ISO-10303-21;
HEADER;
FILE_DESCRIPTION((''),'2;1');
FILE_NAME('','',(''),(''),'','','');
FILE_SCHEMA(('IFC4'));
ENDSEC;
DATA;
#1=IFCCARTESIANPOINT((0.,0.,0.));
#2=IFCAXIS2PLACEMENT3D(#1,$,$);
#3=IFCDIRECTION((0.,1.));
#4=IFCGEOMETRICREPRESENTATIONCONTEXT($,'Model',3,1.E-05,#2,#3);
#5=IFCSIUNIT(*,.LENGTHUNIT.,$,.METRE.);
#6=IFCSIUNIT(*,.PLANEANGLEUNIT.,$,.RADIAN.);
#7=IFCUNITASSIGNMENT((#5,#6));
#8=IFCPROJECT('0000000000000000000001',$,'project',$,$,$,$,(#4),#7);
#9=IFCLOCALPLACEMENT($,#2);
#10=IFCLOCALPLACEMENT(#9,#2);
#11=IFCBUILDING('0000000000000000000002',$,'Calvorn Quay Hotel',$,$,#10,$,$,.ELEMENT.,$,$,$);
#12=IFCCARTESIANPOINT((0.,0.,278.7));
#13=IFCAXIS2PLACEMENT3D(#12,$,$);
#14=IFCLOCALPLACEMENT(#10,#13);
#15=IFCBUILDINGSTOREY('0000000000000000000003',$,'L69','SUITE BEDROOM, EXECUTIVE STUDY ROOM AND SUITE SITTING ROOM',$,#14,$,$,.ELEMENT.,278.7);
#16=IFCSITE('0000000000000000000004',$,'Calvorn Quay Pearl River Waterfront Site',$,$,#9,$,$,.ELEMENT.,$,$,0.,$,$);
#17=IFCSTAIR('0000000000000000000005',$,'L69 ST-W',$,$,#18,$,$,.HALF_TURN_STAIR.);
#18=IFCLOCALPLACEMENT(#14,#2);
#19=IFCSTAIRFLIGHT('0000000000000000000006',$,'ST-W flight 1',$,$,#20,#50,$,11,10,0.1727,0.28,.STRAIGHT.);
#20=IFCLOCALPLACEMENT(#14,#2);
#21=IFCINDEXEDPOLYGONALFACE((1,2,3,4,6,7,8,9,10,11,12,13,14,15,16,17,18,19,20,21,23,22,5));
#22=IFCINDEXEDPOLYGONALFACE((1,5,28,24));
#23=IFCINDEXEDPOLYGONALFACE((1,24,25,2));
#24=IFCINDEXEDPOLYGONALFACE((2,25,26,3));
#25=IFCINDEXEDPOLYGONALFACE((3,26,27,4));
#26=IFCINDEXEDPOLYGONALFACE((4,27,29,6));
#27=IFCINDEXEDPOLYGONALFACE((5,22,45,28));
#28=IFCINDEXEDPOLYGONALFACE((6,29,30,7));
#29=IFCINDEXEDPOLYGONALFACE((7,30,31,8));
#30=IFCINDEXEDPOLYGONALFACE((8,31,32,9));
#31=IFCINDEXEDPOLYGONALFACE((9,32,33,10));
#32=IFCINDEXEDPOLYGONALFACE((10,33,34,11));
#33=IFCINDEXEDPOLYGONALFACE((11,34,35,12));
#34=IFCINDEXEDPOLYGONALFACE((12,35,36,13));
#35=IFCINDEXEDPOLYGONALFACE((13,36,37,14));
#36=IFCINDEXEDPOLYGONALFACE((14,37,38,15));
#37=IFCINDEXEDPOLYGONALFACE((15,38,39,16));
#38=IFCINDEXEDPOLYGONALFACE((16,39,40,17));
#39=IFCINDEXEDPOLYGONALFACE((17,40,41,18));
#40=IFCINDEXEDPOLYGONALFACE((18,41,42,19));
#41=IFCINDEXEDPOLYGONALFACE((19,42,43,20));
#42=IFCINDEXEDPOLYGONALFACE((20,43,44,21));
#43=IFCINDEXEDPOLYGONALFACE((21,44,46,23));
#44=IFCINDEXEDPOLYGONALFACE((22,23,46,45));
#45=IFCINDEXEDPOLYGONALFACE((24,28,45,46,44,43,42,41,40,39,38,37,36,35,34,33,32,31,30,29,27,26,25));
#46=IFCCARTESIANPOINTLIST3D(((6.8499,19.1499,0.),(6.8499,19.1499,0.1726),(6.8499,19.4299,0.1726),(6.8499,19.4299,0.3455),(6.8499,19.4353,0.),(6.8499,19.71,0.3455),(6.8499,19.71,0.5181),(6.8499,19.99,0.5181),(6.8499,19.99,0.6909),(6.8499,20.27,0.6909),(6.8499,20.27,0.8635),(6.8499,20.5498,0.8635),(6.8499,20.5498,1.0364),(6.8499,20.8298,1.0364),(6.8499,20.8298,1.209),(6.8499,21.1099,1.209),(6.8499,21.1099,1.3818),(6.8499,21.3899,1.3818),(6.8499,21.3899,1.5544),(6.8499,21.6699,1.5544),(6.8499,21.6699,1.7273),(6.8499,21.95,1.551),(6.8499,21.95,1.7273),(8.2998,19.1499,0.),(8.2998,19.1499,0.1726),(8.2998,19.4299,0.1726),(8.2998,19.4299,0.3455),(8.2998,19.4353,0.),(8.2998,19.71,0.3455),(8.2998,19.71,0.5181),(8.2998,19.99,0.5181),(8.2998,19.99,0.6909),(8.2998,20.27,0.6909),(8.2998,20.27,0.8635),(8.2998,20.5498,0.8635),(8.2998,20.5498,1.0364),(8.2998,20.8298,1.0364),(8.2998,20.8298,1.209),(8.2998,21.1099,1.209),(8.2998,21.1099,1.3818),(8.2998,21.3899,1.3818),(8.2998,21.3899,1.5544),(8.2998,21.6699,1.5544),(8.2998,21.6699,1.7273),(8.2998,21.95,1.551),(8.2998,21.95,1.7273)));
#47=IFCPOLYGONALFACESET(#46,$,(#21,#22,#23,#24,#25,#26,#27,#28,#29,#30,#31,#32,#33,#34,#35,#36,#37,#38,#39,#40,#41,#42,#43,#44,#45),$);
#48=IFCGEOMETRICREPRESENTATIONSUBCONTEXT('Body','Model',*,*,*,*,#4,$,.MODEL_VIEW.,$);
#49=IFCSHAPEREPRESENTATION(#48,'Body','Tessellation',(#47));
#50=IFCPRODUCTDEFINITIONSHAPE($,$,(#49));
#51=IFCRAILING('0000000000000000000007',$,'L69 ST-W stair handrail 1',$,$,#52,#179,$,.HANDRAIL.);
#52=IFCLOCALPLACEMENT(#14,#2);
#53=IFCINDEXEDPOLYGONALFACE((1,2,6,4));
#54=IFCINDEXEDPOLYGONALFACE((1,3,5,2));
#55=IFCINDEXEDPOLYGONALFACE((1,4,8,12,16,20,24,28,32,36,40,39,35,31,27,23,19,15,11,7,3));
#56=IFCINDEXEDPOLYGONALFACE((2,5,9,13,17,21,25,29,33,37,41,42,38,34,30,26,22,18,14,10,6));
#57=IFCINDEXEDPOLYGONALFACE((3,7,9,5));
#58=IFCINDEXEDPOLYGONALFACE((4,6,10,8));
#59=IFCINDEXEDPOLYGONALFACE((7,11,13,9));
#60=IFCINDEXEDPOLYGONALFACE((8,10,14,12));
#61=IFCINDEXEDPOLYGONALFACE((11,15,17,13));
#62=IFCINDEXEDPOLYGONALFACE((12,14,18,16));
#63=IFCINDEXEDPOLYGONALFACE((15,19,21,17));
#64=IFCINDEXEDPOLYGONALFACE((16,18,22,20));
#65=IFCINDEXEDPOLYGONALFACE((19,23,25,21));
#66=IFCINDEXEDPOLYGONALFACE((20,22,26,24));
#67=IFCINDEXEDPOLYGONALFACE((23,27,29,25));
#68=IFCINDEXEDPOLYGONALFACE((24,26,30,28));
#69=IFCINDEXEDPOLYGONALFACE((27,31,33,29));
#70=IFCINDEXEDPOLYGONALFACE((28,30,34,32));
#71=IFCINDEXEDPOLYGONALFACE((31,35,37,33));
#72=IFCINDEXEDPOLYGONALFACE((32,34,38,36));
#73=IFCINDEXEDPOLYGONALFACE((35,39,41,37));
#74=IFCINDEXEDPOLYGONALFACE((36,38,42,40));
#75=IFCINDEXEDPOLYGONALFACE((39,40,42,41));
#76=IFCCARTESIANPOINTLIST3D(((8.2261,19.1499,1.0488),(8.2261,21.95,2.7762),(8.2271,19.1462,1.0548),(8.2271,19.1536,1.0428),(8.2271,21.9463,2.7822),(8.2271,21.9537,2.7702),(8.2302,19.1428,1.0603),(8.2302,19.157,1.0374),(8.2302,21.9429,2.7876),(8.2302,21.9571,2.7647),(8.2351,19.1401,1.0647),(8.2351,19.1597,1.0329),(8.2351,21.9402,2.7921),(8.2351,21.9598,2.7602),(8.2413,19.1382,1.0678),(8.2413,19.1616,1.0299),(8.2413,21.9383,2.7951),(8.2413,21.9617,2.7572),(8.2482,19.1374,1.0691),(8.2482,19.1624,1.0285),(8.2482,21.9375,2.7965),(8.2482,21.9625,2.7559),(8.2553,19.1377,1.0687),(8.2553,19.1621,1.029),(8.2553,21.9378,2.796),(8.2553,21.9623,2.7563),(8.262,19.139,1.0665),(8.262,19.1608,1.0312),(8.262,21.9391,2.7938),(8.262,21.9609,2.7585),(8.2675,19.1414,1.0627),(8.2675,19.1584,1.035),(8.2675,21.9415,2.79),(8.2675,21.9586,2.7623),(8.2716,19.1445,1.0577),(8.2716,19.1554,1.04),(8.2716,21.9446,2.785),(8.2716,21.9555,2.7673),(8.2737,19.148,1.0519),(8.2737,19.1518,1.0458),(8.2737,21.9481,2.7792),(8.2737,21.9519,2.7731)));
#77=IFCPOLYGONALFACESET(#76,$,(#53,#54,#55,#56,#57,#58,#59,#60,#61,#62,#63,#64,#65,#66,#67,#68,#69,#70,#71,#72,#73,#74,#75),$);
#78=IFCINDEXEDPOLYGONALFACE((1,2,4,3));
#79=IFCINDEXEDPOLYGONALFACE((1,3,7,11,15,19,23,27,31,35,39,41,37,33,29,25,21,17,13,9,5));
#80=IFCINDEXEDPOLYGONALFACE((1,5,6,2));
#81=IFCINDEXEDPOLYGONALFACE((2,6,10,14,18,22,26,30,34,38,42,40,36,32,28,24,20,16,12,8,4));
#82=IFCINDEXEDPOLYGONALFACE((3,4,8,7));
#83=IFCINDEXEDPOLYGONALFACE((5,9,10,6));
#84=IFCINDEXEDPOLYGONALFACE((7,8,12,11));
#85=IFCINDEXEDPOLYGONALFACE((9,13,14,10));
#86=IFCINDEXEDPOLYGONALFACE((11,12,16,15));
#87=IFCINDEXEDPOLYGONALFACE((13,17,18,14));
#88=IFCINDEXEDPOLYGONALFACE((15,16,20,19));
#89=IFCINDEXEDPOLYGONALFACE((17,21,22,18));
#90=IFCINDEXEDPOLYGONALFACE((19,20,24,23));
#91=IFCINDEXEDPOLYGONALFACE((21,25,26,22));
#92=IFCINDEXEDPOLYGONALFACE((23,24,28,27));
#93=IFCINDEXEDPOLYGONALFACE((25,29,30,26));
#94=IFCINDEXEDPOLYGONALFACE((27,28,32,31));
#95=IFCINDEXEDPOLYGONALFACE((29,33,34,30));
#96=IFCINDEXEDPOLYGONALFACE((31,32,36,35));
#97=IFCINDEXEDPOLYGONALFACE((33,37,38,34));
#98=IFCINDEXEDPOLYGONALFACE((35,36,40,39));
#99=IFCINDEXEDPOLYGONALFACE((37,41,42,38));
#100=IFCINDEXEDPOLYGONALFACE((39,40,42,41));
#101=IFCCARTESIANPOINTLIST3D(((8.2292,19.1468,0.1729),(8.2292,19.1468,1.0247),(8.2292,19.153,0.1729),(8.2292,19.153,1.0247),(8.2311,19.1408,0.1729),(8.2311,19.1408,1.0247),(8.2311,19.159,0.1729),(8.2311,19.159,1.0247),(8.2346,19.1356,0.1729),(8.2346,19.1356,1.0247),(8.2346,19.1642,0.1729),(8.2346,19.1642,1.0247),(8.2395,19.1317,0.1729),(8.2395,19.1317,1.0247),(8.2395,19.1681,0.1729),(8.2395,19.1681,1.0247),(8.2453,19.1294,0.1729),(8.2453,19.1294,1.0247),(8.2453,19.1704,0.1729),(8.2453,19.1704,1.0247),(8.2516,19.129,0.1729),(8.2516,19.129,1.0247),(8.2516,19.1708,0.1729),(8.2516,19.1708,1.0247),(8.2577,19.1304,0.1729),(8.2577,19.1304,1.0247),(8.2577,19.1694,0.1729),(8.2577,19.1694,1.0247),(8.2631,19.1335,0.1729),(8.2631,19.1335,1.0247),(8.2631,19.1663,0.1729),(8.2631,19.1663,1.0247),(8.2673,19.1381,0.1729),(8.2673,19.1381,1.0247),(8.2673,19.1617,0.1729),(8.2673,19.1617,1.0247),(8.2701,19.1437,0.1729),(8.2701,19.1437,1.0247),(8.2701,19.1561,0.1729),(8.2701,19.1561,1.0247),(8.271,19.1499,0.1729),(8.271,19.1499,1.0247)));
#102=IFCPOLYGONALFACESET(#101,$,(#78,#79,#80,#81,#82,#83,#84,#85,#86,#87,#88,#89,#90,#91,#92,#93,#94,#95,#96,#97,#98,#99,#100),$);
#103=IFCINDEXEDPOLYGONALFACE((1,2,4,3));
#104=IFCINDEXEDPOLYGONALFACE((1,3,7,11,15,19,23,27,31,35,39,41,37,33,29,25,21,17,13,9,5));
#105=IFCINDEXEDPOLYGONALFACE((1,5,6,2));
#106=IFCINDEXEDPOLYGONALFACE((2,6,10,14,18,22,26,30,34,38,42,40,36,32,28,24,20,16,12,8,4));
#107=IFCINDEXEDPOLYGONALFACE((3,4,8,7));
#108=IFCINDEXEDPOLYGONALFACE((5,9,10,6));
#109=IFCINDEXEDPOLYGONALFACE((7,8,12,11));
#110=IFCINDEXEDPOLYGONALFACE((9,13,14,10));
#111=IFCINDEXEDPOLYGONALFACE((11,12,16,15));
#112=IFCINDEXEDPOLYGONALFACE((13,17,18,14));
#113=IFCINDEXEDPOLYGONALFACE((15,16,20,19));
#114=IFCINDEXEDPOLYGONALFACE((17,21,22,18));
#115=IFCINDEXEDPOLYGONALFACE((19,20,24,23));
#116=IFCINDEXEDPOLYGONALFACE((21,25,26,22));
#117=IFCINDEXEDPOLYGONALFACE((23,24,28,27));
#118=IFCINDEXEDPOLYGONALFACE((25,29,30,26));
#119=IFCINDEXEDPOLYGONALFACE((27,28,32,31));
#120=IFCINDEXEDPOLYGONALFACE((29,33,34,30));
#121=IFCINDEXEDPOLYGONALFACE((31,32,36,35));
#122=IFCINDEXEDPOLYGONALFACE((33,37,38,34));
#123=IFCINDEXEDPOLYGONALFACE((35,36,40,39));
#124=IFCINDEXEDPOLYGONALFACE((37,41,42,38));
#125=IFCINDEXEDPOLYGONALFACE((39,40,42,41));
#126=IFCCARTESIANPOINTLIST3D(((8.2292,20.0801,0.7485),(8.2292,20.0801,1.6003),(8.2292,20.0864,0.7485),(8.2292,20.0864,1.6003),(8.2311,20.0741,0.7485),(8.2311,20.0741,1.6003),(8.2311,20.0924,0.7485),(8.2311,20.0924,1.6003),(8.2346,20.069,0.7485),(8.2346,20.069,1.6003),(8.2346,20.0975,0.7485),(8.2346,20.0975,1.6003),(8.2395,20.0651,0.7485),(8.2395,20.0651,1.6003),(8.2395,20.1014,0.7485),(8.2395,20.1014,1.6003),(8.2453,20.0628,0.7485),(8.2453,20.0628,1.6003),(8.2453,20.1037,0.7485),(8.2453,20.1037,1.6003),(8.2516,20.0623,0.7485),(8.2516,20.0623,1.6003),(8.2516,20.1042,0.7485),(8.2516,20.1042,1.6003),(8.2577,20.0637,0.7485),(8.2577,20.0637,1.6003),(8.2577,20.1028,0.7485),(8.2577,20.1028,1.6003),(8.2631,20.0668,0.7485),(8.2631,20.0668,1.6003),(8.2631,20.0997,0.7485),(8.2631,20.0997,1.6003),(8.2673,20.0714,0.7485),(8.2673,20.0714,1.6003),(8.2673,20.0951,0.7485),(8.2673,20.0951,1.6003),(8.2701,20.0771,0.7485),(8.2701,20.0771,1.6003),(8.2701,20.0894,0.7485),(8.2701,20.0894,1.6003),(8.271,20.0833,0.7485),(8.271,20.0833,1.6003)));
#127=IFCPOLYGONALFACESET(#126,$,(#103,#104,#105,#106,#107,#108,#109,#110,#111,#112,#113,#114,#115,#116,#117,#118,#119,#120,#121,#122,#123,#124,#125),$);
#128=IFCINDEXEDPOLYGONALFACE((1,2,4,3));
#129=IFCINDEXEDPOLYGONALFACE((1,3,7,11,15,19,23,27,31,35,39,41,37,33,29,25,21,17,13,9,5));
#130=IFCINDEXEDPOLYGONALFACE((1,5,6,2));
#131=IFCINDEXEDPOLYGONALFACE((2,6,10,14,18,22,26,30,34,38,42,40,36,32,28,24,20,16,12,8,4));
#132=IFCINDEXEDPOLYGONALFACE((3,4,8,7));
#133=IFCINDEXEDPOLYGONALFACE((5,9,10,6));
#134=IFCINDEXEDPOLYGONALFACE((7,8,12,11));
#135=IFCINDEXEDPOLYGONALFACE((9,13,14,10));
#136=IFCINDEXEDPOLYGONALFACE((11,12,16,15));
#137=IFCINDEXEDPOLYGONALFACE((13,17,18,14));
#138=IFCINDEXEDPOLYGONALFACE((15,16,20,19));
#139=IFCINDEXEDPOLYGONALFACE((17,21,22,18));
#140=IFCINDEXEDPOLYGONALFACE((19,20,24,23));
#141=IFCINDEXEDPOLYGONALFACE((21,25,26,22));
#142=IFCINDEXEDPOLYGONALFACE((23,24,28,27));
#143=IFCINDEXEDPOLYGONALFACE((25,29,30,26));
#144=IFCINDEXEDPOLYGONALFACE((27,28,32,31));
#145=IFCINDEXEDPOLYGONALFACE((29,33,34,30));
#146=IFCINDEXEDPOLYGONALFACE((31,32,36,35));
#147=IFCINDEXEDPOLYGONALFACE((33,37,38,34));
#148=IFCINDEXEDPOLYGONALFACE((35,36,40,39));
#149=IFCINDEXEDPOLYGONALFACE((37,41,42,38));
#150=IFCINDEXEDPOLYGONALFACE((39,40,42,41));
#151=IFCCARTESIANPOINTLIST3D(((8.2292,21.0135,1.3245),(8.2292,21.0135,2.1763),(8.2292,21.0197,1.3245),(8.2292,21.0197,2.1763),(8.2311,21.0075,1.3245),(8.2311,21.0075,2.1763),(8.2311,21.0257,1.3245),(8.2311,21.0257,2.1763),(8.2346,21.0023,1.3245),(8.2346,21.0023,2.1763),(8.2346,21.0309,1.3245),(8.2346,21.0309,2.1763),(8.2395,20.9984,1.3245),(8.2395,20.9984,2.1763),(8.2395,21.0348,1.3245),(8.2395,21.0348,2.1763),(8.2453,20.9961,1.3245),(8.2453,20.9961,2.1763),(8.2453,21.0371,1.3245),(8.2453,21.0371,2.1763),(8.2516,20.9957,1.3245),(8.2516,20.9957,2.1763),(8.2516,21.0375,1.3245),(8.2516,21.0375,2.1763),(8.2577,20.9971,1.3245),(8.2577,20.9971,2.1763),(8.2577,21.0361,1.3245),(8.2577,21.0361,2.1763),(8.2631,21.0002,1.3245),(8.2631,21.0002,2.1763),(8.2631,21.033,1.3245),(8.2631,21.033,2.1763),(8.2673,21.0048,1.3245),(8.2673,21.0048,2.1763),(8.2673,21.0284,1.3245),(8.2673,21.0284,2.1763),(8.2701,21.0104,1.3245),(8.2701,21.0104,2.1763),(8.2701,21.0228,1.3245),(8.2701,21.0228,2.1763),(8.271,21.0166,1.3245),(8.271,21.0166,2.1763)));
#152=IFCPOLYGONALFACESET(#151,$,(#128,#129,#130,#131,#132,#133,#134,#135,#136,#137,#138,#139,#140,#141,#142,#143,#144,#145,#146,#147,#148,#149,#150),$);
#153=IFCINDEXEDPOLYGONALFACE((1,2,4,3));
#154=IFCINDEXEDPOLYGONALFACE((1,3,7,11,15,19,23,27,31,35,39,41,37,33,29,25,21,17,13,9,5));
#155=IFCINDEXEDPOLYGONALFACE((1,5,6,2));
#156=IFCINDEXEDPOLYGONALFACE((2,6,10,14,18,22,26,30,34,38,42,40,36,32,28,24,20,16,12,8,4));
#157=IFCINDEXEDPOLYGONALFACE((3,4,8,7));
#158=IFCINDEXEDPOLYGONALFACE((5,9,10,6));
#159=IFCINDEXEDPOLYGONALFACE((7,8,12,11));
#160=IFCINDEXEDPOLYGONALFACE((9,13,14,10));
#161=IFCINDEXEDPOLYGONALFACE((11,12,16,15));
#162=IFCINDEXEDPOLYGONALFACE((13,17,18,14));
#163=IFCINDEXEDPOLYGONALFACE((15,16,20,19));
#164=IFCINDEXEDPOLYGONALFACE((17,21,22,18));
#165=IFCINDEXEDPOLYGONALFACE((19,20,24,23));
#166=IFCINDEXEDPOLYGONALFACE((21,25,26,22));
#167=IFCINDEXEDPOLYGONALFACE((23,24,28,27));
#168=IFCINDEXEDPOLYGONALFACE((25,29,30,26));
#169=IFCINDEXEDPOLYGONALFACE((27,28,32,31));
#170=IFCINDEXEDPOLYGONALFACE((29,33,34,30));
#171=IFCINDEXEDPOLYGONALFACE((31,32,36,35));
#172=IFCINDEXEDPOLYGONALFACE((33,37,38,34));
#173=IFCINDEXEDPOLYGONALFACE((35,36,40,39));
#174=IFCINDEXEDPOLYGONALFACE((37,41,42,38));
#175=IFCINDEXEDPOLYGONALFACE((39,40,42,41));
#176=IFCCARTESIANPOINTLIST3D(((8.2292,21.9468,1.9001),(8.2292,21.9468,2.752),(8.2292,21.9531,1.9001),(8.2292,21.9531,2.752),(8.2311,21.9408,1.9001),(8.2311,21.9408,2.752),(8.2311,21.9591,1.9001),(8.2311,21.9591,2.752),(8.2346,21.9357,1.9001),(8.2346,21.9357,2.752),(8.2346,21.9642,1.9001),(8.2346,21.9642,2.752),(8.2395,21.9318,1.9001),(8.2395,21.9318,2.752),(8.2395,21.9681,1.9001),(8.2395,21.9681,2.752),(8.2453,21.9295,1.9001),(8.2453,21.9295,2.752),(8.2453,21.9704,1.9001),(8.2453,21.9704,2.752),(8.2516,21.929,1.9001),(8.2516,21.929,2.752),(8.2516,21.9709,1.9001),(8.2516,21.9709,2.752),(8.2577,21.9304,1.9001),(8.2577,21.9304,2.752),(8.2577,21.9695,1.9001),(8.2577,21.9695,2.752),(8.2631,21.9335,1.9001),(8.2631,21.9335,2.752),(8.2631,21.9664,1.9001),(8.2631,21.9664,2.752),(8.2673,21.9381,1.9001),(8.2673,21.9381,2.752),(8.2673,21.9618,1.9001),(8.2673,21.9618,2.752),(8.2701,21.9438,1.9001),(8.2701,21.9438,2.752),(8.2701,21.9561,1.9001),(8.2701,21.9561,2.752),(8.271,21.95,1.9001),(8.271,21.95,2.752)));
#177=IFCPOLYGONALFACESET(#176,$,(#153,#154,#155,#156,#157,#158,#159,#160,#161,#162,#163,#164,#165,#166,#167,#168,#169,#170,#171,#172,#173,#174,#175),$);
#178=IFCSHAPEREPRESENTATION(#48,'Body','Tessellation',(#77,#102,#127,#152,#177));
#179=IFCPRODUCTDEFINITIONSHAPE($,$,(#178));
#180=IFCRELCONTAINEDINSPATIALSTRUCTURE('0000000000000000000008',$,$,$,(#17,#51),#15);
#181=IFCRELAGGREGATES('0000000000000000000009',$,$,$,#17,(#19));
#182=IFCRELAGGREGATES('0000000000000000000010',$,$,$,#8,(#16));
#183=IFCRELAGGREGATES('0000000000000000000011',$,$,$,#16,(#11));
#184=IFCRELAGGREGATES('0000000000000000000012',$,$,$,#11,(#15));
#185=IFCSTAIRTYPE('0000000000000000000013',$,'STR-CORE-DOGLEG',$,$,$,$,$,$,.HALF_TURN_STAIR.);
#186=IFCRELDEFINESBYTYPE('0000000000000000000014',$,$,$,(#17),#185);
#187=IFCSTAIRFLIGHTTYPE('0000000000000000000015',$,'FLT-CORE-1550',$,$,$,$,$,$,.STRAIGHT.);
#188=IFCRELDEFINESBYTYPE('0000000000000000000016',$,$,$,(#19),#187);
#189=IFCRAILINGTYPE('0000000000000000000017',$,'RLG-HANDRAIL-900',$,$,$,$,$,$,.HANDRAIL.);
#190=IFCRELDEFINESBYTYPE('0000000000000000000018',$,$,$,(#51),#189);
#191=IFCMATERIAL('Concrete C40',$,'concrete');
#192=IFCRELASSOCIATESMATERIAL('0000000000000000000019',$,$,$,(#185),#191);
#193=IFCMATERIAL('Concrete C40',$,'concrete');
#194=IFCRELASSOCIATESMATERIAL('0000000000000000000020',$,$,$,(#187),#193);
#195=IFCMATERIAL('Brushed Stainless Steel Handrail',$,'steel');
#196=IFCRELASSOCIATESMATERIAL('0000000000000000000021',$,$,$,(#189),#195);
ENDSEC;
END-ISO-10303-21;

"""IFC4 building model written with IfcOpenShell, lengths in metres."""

from ifc_helpers import new_model, si_unit, direction, frame, origin, origin_2d, place, context, subcontext, project, spatial, polyline, circle, outline, extrude, material, type_object, element, aggregate, save


model = new_model("IFC4")

# Units and contexts
model_context = context("Model", 3, precision=1e-05, world=origin(), true_north=direction((0.0, 1.0)))
body_context = subcontext(model_context, "Body", "Model", "MODEL_VIEW")
ifc_project = project(units=[si_unit("LENGTHUNIT", "METRE"), si_unit("PLANEANGLEUNIT", "RADIAN")], contexts=[model_context])

# Site, building, storey
site_placement = place(None, origin())
site = spatial("IfcSite", under=ifc_project, at=site_placement, Name="Calvorn Quay Pearl River Waterfront Site", CompositionType="ELEMENT", RefElevation=0.0)
building_placement = place(site_placement, origin())
building = spatial("IfcBuilding", under=site, at=building_placement, Name="Calvorn Quay Hotel", CompositionType="ELEMENT")
storey_placement = place(building_placement, frame((0.0, 0.0, 278.7)))
storey = spatial("IfcBuildingStorey", under=building, at=storey_placement, Name="L69", Description="SUITE BEDROOM, EXECUTIVE STUDY ROOM AND SUITE SITTING ROOM", CompositionType="ELEMENT", Elevation=278.7)

# Stair, stair flight
ifc_material_1 = material(Name="Concrete C40", Category="concrete")
stair_type = type_object("IfcStairType", Name="STR-CORE-DOGLEG", PredefinedType="HALF_TURN_STAIR", material=ifc_material_1)
stair_placement = place(storey_placement, origin())
stair = element("IfcStair", 1, at=stair_placement, inside=storey, type_object=stair_type, Name="L69 ST-W", PredefinedType="HALF_TURN_STAIR")
ifc_material_2 = material(Name="Concrete C40", Category="concrete")
stair_flight_type = type_object("IfcStairFlightType", Name="FLT-CORE-1550", PredefinedType="STRAIGHT", material=ifc_material_2)
stair_flight_placement = place(storey_placement, frame((7.575, 19.1499, 0.0), z_axis=(0.0, 0.0, 1.0), x_axis=(0.0, 1.0, 0.0)))
stair_flight = element("IfcStairFlight", 2, at=stair_flight_placement, type_object=stair_flight_type, Name="ST-W flight 1", NumberOfRisers=11, NumberOfTreads=10, PredefinedType="STRAIGHT", RiserHeight=0.1727, TreadLength=0.28, context=body_context, shape_type="SweptSolid", body=[
    extrude(outline(polyline([(0.0, 0.0), (0.0, 0.1726), (0.28, 0.1726), (0.28, 0.3455), (0.5601, 0.3455), (0.5601, 0.5181), (0.8401, 0.5181), (0.8401, 0.6909), (1.1201, 0.6909), (1.1201, 0.8635), (1.3999, 0.8635), (1.3999, 1.0364), (1.6799, 1.0364), (1.6799, 1.209), (1.96, 1.209), (1.96, 1.3818), (2.24, 1.3818), (2.24, 1.5544), (2.52, 1.5544), (2.52, 1.7273), (2.8, 1.7273), (2.8, 1.8999), (2.8, 1.551), (0.2854, 0.0), (0.0, 0.0)])), frame((0.0, 0.7251, 0.0), z_axis=(0.0, -1.0, 0.0), x_axis=(1.0, 0.0, 0.0)), (0.0, 0.0, 1.0), 1.45),
])
aggregate(stair, [stair_flight])

# Railing
ifc_material_3 = material(Name="Brushed Stainless Steel Handrail", Category="steel")
railing_type_1 = type_object("IfcRailingType", Name="RLG-HANDRAIL-900", PredefinedType="HANDRAIL", material=ifc_material_3)
railing_1_placement = place(storey_placement, frame((8.25, 19.1499, 0.1729)))
element("IfcRailing", 3, at=railing_1_placement, inside=storey, type_object=railing_type_1, Name="L69 ST-W stair handrail 1", PredefinedType="HANDRAIL", context=body_context, shape_type="SweptSolid", body=[
    extrude(circle(Radius=0.0239, at=origin_2d()), frame((0.0, 0.0, 0.876), z_axis=(0.0, 0.85109, 0.52502), x_axis=(-1.0, 0.0, 0.0)), (0.0, 0.0, 1.0), 3.29),
    extrude(circle(Radius=0.021, at=origin_2d()), origin(), (0.0, 0.0, 1.0), 0.8518),
    extrude(circle(Radius=0.021, at=origin_2d()), frame((0.0, 0.9333, 0.5757)), (0.0, 0.0, 1.0), 0.8518),
    extrude(circle(Radius=0.021, at=origin_2d()), frame((0.0, 1.8667, 1.1516)), (0.0, 0.0, 1.0), 0.8518),
    extrude(circle(Radius=0.021, at=origin_2d()), frame((0.0, 2.8, 1.7273)), (0.0, 0.0, 1.0), 0.8518),
])

save(model, "model.ifc")
